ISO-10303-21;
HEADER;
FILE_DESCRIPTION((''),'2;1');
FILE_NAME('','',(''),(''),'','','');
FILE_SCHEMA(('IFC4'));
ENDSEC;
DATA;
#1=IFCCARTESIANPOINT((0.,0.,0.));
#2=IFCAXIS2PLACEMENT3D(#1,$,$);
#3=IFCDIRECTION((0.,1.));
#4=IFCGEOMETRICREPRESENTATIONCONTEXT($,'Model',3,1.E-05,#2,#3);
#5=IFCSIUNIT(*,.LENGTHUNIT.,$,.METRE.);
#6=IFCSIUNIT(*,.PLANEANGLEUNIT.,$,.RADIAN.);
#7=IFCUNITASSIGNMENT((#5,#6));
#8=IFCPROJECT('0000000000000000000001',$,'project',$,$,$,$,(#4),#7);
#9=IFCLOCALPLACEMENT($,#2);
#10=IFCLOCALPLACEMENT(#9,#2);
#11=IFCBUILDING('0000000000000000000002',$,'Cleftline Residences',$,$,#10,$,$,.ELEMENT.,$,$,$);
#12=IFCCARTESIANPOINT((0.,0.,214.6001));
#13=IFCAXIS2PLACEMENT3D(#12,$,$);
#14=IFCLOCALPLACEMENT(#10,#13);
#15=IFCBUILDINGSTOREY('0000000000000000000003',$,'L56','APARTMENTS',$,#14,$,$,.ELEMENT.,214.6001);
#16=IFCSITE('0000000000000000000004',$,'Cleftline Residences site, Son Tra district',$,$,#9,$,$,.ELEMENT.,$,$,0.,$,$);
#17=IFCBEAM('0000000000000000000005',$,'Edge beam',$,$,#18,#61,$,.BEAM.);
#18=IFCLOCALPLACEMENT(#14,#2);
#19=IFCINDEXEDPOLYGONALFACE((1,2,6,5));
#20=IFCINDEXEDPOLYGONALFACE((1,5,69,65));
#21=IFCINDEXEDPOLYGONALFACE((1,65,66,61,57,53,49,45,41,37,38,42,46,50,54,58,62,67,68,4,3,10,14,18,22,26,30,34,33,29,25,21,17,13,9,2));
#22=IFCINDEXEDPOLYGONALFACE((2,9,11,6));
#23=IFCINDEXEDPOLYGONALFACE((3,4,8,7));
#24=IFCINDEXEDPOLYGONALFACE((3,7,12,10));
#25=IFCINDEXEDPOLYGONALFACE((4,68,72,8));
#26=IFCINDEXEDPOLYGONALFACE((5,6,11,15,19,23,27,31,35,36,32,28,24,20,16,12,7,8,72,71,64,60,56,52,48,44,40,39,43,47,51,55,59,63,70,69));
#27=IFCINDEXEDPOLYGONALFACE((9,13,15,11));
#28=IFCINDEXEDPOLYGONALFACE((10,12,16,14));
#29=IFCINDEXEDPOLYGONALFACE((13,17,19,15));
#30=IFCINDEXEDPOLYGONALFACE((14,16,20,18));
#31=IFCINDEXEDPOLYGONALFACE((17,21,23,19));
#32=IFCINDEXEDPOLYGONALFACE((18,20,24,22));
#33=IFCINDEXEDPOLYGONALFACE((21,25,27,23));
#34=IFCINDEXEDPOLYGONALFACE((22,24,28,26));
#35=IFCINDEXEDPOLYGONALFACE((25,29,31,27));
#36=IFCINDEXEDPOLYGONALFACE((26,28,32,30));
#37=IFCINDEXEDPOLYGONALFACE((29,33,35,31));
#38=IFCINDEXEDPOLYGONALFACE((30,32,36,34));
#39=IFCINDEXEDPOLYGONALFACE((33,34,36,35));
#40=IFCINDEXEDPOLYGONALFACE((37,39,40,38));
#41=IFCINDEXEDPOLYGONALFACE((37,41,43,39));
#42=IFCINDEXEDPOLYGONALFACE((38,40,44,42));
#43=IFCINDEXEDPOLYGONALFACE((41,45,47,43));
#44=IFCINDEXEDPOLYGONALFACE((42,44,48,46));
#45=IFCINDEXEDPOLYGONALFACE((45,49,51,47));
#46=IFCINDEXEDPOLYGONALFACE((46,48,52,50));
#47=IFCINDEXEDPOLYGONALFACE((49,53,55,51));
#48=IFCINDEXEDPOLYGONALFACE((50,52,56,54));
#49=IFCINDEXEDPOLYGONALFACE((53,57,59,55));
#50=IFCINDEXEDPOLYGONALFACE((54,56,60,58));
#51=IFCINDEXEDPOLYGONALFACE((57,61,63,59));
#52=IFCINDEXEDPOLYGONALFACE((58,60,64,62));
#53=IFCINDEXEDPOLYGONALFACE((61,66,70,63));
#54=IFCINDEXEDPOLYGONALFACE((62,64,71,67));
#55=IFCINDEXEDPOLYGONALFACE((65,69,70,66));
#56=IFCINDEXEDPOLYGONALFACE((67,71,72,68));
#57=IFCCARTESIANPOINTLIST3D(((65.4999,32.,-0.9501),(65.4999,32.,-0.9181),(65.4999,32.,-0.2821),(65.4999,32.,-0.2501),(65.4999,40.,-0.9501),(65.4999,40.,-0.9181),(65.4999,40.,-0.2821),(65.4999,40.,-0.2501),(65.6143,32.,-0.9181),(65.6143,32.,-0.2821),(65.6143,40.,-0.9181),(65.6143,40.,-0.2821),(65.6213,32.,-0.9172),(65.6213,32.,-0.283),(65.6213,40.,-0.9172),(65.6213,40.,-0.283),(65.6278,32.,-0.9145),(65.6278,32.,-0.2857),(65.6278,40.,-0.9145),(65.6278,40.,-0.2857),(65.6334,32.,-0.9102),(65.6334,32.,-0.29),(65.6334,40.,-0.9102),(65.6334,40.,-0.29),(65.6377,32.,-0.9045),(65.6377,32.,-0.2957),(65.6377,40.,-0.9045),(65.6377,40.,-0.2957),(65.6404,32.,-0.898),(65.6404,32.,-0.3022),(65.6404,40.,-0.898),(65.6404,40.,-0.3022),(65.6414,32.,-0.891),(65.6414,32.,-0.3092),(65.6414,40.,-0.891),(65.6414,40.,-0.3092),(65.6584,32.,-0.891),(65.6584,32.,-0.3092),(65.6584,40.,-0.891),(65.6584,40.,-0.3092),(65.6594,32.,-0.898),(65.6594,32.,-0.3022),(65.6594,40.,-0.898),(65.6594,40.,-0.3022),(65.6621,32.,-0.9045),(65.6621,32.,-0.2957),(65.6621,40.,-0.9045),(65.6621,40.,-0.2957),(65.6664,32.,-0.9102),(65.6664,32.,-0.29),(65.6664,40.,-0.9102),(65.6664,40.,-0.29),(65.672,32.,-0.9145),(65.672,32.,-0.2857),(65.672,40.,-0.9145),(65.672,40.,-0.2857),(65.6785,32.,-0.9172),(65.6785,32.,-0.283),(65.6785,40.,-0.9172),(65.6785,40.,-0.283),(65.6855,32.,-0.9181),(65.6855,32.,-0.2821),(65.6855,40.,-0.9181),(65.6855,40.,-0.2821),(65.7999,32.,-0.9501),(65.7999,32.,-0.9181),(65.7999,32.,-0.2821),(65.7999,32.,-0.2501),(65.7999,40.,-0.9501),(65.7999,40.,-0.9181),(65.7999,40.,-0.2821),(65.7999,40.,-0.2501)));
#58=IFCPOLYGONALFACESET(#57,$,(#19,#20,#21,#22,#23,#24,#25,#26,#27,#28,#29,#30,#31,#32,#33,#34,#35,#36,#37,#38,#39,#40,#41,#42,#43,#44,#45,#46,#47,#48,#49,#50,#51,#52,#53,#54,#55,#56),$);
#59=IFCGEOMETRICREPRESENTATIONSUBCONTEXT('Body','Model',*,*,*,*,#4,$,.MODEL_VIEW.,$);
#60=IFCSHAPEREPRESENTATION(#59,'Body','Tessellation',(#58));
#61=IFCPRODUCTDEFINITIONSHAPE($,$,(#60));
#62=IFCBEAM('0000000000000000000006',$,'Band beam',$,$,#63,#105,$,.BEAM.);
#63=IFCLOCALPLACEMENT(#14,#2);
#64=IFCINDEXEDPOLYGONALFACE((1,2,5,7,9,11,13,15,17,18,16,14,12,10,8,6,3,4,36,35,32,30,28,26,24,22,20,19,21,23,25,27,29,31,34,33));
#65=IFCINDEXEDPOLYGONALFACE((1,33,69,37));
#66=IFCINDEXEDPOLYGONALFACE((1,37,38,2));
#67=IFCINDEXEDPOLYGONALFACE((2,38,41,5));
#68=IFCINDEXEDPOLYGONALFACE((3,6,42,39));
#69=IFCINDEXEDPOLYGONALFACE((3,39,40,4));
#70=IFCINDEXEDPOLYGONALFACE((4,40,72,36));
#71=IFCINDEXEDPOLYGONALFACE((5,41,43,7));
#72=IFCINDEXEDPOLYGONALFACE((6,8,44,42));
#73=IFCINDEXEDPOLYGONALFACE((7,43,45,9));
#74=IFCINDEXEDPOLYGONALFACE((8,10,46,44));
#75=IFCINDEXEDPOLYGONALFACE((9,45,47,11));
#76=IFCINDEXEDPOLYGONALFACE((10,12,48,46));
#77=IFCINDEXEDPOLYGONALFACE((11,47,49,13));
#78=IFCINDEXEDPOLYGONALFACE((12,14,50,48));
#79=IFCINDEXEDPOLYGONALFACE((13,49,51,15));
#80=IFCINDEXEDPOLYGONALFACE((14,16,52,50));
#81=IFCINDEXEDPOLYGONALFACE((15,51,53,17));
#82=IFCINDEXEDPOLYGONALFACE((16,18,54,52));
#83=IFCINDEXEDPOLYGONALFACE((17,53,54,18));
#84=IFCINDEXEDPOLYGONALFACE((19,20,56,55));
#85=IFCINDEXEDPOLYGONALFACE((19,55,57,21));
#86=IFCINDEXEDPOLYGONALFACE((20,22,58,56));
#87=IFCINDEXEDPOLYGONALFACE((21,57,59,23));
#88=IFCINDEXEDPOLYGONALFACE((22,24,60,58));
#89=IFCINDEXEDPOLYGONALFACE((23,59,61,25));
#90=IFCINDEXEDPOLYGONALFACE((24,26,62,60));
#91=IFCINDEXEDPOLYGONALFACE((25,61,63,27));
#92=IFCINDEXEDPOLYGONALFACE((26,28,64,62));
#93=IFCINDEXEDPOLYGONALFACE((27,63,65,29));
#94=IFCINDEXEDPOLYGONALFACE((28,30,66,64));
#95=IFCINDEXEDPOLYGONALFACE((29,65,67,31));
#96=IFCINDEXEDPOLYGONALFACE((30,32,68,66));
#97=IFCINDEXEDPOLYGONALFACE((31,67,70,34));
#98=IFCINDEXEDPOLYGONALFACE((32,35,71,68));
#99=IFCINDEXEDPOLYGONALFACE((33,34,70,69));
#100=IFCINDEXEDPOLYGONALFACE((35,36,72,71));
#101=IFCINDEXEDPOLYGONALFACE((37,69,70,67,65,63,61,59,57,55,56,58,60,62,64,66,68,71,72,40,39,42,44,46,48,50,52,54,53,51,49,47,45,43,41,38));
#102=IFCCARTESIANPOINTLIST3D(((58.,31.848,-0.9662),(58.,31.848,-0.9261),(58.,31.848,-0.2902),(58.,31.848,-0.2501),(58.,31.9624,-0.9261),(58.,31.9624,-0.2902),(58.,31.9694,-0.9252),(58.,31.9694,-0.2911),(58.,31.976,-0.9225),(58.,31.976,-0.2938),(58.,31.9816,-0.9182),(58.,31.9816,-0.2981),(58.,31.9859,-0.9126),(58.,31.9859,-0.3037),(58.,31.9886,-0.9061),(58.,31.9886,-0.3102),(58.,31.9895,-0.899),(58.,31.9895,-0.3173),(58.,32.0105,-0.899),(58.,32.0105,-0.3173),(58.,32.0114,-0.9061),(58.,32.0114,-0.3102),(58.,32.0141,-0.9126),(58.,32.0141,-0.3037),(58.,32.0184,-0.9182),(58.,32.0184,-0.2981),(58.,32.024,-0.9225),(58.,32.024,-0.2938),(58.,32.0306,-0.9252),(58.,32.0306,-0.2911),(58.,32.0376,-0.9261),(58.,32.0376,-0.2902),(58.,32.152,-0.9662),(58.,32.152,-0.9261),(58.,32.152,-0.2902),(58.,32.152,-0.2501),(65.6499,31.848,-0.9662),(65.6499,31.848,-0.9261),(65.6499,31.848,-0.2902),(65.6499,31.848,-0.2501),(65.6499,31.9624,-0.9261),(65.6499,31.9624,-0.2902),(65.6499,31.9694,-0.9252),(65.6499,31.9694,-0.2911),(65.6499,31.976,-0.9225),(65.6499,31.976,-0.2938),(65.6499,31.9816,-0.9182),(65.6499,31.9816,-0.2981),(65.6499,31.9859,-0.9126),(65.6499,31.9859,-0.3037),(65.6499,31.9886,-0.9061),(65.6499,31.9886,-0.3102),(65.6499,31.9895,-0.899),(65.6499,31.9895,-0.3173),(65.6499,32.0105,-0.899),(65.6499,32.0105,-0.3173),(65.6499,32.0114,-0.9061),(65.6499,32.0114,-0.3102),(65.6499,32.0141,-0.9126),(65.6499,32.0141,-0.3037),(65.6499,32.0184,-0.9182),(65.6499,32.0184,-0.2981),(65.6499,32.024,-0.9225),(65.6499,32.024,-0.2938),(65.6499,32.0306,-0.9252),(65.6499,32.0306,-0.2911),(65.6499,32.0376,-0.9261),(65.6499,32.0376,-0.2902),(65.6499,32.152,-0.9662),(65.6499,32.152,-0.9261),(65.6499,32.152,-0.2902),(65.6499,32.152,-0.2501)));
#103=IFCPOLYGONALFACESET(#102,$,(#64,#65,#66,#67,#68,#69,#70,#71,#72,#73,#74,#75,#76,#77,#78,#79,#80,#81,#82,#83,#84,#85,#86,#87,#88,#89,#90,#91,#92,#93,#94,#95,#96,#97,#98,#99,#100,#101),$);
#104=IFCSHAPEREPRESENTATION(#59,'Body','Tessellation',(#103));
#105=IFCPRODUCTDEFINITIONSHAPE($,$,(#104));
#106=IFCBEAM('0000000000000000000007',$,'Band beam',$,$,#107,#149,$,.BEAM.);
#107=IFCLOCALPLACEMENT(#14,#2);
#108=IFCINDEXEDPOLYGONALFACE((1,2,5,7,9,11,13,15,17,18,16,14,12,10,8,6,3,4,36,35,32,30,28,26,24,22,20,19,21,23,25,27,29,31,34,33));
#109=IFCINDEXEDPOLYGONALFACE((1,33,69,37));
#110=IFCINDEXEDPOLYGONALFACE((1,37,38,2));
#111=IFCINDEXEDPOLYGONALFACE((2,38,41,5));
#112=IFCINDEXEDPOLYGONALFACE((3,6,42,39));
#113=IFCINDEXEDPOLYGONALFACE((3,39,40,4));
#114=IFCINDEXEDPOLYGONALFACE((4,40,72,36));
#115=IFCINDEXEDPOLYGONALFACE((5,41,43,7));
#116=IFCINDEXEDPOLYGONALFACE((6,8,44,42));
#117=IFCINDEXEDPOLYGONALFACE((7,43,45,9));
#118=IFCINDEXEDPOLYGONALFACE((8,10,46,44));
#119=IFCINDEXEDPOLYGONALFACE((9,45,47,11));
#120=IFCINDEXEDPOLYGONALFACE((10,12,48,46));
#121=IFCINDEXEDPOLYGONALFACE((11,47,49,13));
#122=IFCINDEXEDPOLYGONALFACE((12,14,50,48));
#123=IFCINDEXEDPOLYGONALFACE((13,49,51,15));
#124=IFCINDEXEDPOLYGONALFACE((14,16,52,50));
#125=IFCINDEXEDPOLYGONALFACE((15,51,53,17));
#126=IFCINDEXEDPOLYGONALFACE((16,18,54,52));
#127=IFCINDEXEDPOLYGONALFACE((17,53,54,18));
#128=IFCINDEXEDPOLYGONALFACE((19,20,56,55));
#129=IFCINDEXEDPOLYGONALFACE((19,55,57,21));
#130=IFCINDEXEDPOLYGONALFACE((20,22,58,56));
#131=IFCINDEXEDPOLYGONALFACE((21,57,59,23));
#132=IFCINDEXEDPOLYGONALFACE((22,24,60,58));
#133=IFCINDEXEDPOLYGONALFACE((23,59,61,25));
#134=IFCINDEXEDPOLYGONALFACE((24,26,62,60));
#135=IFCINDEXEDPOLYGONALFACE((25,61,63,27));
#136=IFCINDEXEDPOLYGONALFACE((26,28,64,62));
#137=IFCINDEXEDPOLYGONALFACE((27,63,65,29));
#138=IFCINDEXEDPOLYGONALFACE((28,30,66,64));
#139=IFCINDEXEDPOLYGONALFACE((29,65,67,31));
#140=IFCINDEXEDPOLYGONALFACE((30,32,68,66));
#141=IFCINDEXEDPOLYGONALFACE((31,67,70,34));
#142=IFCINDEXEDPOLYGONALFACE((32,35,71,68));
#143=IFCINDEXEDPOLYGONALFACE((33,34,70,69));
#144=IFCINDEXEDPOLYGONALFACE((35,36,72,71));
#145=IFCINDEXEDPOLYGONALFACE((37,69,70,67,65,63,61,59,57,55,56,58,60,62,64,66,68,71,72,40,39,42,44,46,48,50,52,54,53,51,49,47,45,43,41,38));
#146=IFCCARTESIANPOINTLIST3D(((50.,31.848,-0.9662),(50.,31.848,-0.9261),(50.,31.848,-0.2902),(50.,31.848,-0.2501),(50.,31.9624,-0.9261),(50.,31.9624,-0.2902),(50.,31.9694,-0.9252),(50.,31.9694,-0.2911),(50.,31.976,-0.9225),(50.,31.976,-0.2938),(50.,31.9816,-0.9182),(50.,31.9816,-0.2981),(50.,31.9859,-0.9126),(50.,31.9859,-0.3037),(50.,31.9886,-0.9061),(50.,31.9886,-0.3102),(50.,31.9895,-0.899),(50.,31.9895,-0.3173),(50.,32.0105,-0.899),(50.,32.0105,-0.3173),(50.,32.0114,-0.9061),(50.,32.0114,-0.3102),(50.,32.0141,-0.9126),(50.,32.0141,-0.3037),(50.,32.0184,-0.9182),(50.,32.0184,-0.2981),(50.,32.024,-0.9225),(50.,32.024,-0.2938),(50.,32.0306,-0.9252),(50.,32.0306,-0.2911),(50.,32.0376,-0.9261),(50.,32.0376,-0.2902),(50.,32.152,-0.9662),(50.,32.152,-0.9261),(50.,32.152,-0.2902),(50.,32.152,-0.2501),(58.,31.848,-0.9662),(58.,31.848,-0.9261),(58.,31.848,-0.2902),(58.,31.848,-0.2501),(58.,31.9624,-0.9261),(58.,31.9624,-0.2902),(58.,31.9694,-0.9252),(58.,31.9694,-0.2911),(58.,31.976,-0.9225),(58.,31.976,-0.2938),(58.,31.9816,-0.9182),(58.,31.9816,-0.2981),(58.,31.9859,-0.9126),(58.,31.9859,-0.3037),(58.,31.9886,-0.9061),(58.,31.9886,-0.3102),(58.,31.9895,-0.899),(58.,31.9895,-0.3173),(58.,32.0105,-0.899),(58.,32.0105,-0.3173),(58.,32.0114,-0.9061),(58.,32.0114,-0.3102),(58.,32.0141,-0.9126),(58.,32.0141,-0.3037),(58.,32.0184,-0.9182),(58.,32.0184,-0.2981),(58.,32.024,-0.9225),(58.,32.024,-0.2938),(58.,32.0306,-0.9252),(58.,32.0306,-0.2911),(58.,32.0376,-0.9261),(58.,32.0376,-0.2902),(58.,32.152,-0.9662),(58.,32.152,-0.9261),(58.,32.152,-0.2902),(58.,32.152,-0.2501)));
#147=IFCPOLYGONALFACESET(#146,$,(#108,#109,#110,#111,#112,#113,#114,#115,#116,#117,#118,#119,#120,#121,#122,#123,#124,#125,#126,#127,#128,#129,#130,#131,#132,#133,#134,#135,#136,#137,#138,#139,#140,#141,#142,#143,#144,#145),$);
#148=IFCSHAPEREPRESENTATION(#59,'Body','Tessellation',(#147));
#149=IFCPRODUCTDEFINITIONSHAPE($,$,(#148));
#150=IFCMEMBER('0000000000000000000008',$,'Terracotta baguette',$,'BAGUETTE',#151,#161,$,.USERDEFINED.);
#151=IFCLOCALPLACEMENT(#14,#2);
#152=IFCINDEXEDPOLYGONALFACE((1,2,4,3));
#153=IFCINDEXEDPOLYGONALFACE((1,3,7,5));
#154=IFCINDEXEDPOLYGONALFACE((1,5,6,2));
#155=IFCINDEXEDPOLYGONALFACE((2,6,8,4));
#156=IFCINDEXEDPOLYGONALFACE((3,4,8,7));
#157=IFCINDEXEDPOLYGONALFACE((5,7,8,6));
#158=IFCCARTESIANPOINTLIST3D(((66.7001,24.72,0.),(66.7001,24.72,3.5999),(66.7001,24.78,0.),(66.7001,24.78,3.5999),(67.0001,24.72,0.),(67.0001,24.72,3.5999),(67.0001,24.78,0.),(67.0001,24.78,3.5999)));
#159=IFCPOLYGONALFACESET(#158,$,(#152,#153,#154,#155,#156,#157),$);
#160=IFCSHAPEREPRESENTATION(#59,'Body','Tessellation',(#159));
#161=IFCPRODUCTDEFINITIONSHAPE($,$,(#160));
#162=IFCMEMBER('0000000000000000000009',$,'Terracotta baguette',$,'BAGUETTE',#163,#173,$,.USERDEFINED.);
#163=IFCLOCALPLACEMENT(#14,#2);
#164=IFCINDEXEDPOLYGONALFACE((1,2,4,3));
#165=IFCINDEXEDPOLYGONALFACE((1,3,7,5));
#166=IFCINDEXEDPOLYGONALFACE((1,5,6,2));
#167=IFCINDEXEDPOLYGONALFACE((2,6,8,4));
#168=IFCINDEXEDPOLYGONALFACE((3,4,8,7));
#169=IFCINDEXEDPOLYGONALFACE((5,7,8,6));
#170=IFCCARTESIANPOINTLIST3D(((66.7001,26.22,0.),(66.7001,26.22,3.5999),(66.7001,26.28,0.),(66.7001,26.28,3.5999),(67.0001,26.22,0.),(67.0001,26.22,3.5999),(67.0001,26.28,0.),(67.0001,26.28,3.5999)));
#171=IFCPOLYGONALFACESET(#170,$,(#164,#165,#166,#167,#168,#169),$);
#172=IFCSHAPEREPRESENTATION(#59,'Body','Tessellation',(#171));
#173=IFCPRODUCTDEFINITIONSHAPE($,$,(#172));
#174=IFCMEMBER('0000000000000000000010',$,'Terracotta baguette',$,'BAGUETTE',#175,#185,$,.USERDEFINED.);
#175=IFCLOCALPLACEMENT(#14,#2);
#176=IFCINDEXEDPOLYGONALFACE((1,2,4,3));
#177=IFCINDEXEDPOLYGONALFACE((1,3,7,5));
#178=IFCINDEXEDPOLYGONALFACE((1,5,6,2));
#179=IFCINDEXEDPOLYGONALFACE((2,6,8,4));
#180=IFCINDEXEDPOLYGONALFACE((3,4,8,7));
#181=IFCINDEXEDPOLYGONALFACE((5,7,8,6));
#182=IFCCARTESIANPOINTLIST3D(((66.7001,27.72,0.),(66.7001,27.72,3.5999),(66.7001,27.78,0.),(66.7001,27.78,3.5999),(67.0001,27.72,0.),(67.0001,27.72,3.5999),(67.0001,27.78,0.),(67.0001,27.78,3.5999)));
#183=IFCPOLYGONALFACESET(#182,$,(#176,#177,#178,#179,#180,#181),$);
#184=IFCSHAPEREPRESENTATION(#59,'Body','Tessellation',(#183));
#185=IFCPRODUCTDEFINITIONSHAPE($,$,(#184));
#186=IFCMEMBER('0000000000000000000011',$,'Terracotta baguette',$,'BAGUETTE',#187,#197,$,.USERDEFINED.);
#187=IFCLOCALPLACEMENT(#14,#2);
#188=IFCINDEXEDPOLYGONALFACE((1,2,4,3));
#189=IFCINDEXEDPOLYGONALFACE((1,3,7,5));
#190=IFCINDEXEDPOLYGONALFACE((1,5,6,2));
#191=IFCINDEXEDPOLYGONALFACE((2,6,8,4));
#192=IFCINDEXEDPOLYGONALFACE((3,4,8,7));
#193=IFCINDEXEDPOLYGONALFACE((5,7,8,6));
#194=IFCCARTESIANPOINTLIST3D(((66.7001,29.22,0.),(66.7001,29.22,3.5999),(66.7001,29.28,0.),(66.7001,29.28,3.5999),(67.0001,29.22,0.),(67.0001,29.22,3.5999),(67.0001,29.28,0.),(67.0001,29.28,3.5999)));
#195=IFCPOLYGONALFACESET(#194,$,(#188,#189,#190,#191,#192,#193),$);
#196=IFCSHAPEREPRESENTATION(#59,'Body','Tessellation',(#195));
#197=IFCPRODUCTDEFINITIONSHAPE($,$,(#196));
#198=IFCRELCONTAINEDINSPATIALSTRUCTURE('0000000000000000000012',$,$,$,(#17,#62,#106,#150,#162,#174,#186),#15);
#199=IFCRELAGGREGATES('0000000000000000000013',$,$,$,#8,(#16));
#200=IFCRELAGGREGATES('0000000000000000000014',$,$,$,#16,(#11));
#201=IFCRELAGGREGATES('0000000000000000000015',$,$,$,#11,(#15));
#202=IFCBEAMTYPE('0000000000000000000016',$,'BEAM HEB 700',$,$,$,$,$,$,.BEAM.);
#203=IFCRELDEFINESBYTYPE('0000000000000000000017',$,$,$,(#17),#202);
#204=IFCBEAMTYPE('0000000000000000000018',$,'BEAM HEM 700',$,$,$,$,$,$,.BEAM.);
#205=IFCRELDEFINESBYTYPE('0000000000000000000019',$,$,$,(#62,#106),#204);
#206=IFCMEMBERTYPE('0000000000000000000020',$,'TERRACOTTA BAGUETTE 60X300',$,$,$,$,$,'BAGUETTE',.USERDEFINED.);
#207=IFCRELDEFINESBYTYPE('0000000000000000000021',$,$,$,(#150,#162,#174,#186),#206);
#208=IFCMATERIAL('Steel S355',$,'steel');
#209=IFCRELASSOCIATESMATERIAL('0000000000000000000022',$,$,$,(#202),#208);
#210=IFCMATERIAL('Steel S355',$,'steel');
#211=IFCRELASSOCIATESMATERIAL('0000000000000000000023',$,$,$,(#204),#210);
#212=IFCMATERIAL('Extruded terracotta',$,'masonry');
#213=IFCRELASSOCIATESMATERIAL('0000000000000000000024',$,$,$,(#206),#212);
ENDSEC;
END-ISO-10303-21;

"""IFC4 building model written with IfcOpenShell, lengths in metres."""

from ifc_helpers import new_model, si_unit, direction, frame, origin, origin_2d, place, context, subcontext, project, spatial, rectangle, i_section, extrude, material, material_profile, profile_set, type_object, element, save


model = new_model("IFC4")

# Units and contexts
model_context = context("Model", 3, precision=1e-05, world=origin(), true_north=direction((0.0, 1.0)))
body_context = subcontext(model_context, "Body", "Model", "MODEL_VIEW")
ifc_project = project(units=[si_unit("LENGTHUNIT", "METRE"), si_unit("PLANEANGLEUNIT", "RADIAN")], contexts=[model_context])

# Site, building, storey
site_placement = place(None, origin())
site = spatial("IfcSite", under=ifc_project, at=site_placement, Name="Cleftline Residences site, Son Tra district", CompositionType="ELEMENT", RefElevation=0.0)
building_placement = place(site_placement, origin())
building = spatial("IfcBuilding", under=site, at=building_placement, Name="Cleftline Residences", CompositionType="ELEMENT")
storey_placement = place(building_placement, frame((0.0, 0.0, 214.6001)))
storey = spatial("IfcBuildingStorey", under=building, at=storey_placement, Name="L56", Description="APARTMENTS", CompositionType="ELEMENT", Elevation=214.6001)

# Beams
ifc_material_1 = material(Name="Steel S355", Category="steel")
ifc_material_profile_1 = material_profile(ifc_material_1, i_section(OverallWidth=0.3, OverallDepth=0.7, WebThickness=0.0171, FlangeThickness=0.032, FilletRadius=0.0271, at=origin_2d()))
ifc_profile_set_1 = profile_set([ifc_material_profile_1], Name="Steel S355")
beam_type_1 = type_object("IfcBeamType", Name="BEAM HEB 700", PredefinedType="BEAM", material=ifc_profile_set_1)
for number, where, z_axis, x_axis, name in (
    (1, (65.6499, 32.0, -0.6001), (0.0, 1.0, 0.0), (-1.0, 0.0, 0.0), "Edge beam"),
):
    element("IfcBeam", number, at=place(storey_placement, frame(where, z_axis=z_axis, x_axis=x_axis)), inside=storey, type_object=beam_type_1, Name=name, PredefinedType="BEAM", context=body_context, shape_type="SweptSolid", body=[
        extrude(i_section(OverallWidth=0.3, OverallDepth=0.7, WebThickness=0.0171, FlangeThickness=0.032, FilletRadius=0.0271, at=origin_2d()), origin(), (0.0, 0.0, 1.0), 8.0),
    ])
ifc_material_2 = material(Name="Steel S355", Category="steel")
ifc_material_profile_2 = material_profile(ifc_material_2, i_section(OverallWidth=0.304, OverallDepth=0.7161, WebThickness=0.021, FlangeThickness=0.04, FilletRadius=0.0271, at=origin_2d()))
ifc_profile_set_2 = profile_set([ifc_material_profile_2], Name="Steel S355")
beam_type_2 = type_object("IfcBeamType", Name="BEAM HEM 700", PredefinedType="BEAM", material=ifc_profile_set_2)
beam_1_placement = place(storey_placement, frame((65.6499, 32.0, -0.6082), z_axis=(-1.0, 0.0, 0.0), x_axis=(0.0, -1.0, 0.0)))
element("IfcBeam", 2, at=beam_1_placement, inside=storey, type_object=beam_type_2, Name="Band beam", PredefinedType="BEAM", context=body_context, shape_type="SweptSolid", body=[
    extrude(i_section(OverallWidth=0.304, OverallDepth=0.7161, WebThickness=0.021, FlangeThickness=0.04, FilletRadius=0.0271, at=origin_2d()), origin(), (0.0, 0.0, 1.0), 7.6499),
])
beam_2_placement = place(storey_placement, frame((58.0, 32.0, -0.6082), z_axis=(-1.0, 0.0, 0.0), x_axis=(0.0, -1.0, 0.0)))
element("IfcBeam", 3, at=beam_2_placement, inside=storey, type_object=beam_type_2, Name="Band beam", PredefinedType="BEAM", context=body_context, shape_type="SweptSolid", body=[
    extrude(i_section(OverallWidth=0.304, OverallDepth=0.7161, WebThickness=0.021, FlangeThickness=0.04, FilletRadius=0.0271, at=origin_2d()), origin(), (0.0, 0.0, 1.0), 8.0),
])

# Members
ifc_material_3 = material(Name="Extruded terracotta", Category="masonry")
ifc_material_profile_3 = material_profile(ifc_material_3, rectangle(XDim=0.0601, YDim=0.3, at=origin_2d()))
ifc_profile_set_3 = profile_set([ifc_material_profile_3], Name="Extruded terracotta")
member_type_1 = type_object("IfcMemberType", Name="TERRACOTTA BAGUETTE 60X300", ElementType="BAGUETTE", PredefinedType="USERDEFINED", material=ifc_profile_set_3)
for number, where, z_axis, x_axis, name in (
    (4, (66.8501, 24.75, 0.0), (0.0, 0.0, 1.0), (0.0, 1.0, 0.0), "Terracotta baguette"),
    (5, (66.8501, 26.25, 0.0), (0.0, 0.0, 1.0), (0.0, 1.0, 0.0), "Terracotta baguette"),
    (6, (66.8501, 27.75, 0.0), (0.0, 0.0, 1.0), (0.0, 1.0, 0.0), "Terracotta baguette"),
    (7, (66.8501, 29.25, 0.0), (0.0, 0.0, 1.0), (0.0, 1.0, 0.0), "Terracotta baguette"),
):
    element("IfcMember", number, at=place(storey_placement, frame(where, z_axis=z_axis, x_axis=x_axis)), inside=storey, type_object=member_type_1, Name=name, ObjectType="BAGUETTE", PredefinedType="USERDEFINED", context=body_context, shape_type="SweptSolid", body=[
        extrude(rectangle(XDim=0.0601, YDim=0.3, at=origin_2d()), origin(), (0.0, 0.0, 1.0), 3.5999),
    ])

save(model, "model.ifc")
